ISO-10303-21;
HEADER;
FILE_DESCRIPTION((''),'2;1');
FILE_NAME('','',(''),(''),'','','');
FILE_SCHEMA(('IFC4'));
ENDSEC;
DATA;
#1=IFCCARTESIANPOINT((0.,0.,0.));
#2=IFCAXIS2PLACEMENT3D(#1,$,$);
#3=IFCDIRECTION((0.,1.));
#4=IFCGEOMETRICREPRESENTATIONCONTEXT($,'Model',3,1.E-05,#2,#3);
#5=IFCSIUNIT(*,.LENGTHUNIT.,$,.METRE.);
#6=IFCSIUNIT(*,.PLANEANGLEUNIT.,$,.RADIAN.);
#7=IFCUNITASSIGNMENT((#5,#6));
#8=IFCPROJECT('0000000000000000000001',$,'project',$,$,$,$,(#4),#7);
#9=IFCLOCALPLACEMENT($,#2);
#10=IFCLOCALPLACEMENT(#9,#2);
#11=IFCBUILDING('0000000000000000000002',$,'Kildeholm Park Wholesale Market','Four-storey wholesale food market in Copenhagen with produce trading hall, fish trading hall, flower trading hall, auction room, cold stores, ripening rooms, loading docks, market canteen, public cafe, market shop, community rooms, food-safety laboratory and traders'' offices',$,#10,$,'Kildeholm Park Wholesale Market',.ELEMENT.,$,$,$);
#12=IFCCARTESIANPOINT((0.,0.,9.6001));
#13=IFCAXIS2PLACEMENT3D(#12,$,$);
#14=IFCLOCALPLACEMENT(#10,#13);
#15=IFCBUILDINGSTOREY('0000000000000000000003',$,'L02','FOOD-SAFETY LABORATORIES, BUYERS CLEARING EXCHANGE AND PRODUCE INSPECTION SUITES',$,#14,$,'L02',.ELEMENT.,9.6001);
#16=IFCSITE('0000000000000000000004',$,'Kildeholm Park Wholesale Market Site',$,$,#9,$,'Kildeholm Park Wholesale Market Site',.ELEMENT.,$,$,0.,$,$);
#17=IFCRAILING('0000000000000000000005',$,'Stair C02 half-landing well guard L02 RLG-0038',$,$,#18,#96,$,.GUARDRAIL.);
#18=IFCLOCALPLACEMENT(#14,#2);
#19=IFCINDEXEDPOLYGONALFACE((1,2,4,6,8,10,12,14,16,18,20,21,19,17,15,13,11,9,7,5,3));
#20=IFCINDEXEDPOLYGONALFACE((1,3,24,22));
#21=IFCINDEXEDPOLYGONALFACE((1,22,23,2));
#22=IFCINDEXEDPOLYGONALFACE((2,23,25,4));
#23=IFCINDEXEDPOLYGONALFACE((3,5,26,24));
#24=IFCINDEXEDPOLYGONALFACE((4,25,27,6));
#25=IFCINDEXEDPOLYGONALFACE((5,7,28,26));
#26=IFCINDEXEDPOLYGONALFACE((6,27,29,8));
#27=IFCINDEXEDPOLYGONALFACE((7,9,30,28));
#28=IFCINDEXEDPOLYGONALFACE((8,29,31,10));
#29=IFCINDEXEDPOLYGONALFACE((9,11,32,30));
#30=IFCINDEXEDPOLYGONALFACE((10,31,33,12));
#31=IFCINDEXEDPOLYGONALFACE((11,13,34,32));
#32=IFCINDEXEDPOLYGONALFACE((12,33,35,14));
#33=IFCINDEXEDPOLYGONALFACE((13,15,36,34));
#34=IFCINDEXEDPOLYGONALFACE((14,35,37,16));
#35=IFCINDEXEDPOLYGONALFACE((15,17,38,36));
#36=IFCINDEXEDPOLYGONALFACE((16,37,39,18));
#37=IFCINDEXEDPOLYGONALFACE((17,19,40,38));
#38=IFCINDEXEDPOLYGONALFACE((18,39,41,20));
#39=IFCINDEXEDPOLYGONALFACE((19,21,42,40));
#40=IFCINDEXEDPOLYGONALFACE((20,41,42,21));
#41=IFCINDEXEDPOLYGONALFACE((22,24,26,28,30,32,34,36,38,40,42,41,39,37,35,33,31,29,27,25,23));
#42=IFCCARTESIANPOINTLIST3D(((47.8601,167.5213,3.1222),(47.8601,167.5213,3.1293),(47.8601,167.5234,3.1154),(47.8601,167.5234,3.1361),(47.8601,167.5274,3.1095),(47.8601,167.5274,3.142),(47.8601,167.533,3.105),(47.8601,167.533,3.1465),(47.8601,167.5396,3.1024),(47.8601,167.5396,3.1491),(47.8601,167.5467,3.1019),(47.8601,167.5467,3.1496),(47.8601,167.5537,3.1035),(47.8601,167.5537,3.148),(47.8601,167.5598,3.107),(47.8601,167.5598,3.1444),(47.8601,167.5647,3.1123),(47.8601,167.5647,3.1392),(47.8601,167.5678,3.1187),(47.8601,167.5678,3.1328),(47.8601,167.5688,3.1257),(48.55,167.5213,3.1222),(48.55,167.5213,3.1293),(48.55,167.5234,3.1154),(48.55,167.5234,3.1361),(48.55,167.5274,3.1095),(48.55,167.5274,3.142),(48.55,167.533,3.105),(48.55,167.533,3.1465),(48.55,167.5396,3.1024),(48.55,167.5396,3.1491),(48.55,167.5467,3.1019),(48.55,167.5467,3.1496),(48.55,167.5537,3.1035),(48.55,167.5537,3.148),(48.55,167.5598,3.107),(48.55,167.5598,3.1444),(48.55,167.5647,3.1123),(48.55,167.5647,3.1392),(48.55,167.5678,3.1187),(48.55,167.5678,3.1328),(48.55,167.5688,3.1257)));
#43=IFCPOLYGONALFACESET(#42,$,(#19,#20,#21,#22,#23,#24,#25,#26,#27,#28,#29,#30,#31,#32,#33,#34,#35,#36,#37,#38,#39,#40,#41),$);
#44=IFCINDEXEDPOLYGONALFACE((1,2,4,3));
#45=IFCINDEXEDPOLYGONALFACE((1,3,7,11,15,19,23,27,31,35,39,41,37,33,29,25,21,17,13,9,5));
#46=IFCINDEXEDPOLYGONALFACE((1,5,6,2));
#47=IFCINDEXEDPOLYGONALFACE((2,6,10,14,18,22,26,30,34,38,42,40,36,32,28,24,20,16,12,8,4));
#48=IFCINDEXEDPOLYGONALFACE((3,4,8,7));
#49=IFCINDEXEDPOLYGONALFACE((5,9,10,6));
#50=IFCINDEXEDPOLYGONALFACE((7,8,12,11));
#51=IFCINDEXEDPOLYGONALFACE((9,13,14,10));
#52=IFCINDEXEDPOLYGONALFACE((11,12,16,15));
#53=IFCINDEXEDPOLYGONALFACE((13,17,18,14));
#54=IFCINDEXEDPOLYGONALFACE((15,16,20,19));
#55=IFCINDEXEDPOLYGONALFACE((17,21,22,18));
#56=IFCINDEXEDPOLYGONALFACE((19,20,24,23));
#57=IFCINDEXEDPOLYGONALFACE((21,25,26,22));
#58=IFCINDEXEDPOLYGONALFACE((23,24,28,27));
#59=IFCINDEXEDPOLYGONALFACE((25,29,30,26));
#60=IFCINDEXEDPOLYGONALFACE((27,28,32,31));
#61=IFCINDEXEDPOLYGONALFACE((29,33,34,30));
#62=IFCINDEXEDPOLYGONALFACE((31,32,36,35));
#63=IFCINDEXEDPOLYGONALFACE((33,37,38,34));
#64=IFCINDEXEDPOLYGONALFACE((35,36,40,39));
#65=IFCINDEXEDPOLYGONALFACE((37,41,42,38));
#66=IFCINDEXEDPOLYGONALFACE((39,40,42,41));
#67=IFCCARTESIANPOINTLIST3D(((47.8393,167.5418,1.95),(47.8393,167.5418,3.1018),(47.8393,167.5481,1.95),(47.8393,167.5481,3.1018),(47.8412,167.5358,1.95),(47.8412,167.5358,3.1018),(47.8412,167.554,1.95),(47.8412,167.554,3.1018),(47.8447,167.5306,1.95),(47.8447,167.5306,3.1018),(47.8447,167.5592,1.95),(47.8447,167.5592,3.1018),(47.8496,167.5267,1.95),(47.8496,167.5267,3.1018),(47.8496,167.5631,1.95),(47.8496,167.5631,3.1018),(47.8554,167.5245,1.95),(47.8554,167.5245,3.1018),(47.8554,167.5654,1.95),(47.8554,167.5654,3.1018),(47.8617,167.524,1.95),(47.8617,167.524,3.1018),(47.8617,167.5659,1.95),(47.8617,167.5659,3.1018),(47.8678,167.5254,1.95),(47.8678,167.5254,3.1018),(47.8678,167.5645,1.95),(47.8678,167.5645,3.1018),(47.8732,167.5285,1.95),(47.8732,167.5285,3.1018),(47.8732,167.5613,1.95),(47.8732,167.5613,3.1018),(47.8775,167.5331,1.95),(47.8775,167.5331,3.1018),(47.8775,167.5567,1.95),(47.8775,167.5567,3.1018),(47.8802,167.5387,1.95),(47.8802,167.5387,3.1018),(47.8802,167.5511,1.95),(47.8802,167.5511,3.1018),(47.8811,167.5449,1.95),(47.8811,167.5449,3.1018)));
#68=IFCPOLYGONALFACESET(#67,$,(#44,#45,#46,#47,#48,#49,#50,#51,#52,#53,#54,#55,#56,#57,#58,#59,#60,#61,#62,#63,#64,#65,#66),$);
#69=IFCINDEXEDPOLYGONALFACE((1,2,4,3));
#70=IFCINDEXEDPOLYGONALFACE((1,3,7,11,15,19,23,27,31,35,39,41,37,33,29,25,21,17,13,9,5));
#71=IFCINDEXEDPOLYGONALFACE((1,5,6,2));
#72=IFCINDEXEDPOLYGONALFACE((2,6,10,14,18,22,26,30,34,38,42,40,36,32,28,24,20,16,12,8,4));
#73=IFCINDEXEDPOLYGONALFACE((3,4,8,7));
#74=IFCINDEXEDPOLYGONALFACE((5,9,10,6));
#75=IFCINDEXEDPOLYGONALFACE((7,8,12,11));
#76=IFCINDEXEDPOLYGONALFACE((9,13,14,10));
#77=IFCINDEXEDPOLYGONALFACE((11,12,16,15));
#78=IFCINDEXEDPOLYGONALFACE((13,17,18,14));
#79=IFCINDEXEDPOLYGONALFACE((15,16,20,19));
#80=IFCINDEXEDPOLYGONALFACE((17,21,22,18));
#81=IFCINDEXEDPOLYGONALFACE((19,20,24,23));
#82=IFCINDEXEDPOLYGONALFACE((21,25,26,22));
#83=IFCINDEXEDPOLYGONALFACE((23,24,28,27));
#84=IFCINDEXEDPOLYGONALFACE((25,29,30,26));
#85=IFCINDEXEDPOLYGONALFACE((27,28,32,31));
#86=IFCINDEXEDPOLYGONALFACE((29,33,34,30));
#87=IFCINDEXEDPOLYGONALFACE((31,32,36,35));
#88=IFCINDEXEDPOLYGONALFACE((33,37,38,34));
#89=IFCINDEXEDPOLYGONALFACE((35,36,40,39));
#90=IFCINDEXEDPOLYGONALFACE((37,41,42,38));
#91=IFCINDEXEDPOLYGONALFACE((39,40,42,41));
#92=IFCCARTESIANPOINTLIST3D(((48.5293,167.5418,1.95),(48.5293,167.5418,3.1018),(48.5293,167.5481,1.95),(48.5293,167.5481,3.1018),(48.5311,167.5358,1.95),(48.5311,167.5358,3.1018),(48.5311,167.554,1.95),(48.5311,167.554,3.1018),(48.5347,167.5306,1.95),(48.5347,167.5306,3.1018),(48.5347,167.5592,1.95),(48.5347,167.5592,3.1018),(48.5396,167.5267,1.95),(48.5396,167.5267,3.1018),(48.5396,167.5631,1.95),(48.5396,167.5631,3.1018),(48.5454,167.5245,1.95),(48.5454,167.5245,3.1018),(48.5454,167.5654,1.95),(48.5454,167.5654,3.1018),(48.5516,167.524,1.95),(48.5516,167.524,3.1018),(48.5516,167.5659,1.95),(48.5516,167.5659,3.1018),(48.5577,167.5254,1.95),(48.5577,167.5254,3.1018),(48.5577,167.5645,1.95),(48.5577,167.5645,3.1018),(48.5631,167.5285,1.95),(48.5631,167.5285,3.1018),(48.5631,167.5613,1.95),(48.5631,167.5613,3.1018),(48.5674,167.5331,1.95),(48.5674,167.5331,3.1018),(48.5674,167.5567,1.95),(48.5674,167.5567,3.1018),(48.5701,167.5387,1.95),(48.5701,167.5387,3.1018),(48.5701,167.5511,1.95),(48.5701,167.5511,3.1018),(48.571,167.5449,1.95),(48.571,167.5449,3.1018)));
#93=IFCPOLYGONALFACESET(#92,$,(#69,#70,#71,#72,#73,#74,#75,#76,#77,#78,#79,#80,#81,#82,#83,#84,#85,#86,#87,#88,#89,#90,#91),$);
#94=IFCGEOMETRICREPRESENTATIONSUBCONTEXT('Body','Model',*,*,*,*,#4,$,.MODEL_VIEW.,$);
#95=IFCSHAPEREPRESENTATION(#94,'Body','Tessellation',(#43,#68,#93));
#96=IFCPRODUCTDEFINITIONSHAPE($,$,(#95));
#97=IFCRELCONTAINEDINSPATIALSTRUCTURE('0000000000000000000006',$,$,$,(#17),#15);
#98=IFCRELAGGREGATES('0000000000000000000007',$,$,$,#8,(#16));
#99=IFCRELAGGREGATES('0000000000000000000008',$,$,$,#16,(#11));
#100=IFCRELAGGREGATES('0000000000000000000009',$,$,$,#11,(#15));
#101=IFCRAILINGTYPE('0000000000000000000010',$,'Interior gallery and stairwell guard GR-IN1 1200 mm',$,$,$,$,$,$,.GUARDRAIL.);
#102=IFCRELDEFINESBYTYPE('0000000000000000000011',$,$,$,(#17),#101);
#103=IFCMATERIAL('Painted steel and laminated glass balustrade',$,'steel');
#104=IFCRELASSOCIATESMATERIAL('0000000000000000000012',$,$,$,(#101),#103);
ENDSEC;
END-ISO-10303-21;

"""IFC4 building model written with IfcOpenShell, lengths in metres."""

from ifc_helpers import new_model, si_unit, direction, frame, origin, origin_2d, place, context, subcontext, project, spatial, circle, extrude, material, type_object, element, save


model = new_model("IFC4")

# Units and contexts
model_context = context("Model", 3, precision=1e-05, world=origin(), true_north=direction((0.0, 1.0)))
body_context = subcontext(model_context, "Body", "Model", "MODEL_VIEW")
ifc_project = project(units=[si_unit("LENGTHUNIT", "METRE"), si_unit("PLANEANGLEUNIT", "RADIAN")], contexts=[model_context])

# Site, building, storey
site_placement = place(None, origin())
site = spatial("IfcSite", under=ifc_project, at=site_placement, Name="Kildeholm Park Wholesale Market Site", LongName="Kildeholm Park Wholesale Market Site", CompositionType="ELEMENT", RefElevation=0.0)
building_placement = place(site_placement, origin())
building = spatial("IfcBuilding", under=site, at=building_placement, Name="Kildeholm Park Wholesale Market", Description="Four-storey wholesale food market in Copenhagen with produce trading hall, fish trading hall, flower trading hall, auction room, cold stores, ripening rooms, loading docks, market canteen, public cafe, market shop, community rooms, food-safety laboratory and traders' offices", LongName="Kildeholm Park Wholesale Market", CompositionType="ELEMENT")
storey_placement = place(building_placement, frame((0.0, 0.0, 9.6001)))
storey = spatial("IfcBuildingStorey", under=building, at=storey_placement, Name="L02", Description="FOOD-SAFETY LABORATORIES, BUYERS CLEARING EXCHANGE AND PRODUCE INSPECTION SUITES", LongName="L02", CompositionType="ELEMENT", Elevation=9.6001)

# Railing
ifc_material_1 = material(Name="Painted steel and laminated glass balustrade", Category="steel")
railing_type_1 = type_object("IfcRailingType", Name="Interior gallery and stairwell guard GR-IN1 1200 mm", PredefinedType="GUARDRAIL", material=ifc_material_1)
railing_1_placement = place(storey_placement, frame((47.8601, 167.5449, 1.95)))
element("IfcRailing", 1, at=railing_1_placement, inside=storey, type_object=railing_type_1, Name="Stair C02 half-landing well guard L02 RLG-0038", PredefinedType="GUARDRAIL", context=body_context, shape_type="SweptSolid", body=[
    extrude(circle(Radius=0.0239, at=origin_2d()), frame((0.0, 0.0, 1.1758), z_axis=(1.0, 0.0, 0.0), x_axis=(0.0, 1.0, 0.0)), (0.0, 0.0, 1.0), 0.6899),
    extrude(circle(Radius=0.021, at=origin_2d()), origin(), (0.0, 0.0, 1.0), 1.1519),
    extrude(circle(Radius=0.021, at=origin_2d()), frame((0.6899, 0.0, 0.0)), (0.0, 0.0, 1.0), 1.1519),
])

save(model, "model.ifc")
